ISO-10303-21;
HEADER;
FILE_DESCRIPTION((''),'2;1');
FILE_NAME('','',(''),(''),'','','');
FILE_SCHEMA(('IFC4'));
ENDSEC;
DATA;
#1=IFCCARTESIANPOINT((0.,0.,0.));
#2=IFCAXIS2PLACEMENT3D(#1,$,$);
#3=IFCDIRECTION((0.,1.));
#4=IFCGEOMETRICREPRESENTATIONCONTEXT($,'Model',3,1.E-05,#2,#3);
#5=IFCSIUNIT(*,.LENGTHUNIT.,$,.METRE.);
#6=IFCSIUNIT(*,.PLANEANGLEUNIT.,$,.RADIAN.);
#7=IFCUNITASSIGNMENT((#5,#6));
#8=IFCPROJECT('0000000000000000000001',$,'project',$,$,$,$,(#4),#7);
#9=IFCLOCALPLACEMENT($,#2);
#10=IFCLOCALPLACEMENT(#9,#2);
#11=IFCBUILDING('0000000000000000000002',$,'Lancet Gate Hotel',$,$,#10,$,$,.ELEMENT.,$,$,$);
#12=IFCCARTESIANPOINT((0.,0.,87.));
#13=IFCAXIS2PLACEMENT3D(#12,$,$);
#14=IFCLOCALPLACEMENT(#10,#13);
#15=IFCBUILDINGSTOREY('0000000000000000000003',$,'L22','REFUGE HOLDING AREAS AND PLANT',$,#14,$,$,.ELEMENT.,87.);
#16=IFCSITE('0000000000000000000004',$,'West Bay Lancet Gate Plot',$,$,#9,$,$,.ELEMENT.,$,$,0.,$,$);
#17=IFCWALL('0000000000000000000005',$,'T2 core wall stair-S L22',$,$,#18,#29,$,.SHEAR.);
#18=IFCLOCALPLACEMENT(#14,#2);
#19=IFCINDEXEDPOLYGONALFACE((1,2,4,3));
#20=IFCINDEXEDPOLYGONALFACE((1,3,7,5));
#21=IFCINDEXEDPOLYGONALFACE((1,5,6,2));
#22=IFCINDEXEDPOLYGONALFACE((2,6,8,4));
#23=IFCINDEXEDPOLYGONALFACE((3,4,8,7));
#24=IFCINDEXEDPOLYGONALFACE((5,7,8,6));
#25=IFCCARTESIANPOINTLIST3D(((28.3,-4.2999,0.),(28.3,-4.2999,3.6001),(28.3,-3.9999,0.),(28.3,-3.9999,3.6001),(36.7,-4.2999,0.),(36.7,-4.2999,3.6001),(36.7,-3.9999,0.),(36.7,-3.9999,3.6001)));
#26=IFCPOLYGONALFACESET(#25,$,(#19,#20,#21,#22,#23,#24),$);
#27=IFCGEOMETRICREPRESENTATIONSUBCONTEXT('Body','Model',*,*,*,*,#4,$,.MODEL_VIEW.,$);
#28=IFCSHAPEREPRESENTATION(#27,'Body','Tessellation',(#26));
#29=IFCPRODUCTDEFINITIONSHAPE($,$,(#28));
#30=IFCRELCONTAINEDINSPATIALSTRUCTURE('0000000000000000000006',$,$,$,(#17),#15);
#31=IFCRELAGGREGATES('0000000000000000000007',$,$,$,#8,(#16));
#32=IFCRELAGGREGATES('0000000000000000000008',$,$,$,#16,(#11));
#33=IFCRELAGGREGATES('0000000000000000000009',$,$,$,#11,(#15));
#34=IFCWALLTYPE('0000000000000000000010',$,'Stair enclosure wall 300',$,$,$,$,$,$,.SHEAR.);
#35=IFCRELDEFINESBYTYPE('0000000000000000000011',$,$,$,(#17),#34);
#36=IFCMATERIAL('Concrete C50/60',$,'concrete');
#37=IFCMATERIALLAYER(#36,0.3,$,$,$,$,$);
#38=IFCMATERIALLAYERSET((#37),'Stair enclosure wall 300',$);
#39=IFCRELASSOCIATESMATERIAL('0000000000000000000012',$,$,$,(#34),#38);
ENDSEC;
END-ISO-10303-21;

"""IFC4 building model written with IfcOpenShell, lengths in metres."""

from ifc_helpers import new_model, si_unit, direction, frame, frame_2d, origin, place, context, subcontext, project, spatial, rectangle, extrude, material, layer, layer_set, type_object, element, save


model = new_model("IFC4")

# Units and contexts
model_context = context("Model", 3, precision=1e-05, world=origin(), true_north=direction((0.0, 1.0)))
body_context = subcontext(model_context, "Body", "Model", "MODEL_VIEW")
ifc_project = project(units=[si_unit("LENGTHUNIT", "METRE"), si_unit("PLANEANGLEUNIT", "RADIAN")], contexts=[model_context])

# Site, building, storey
site_placement = place(None, origin())
site = spatial("IfcSite", under=ifc_project, at=site_placement, Name="West Bay Lancet Gate Plot", CompositionType="ELEMENT", RefElevation=0.0)
building_placement = place(site_placement, origin())
building = spatial("IfcBuilding", under=site, at=building_placement, Name="Lancet Gate Hotel", CompositionType="ELEMENT")
storey_placement = place(building_placement, frame((0.0, 0.0, 87.0)))
storey = spatial("IfcBuildingStorey", under=building, at=storey_placement, Name="L22", Description="REFUGE HOLDING AREAS AND PLANT", CompositionType="ELEMENT", Elevation=87.0)

# Wall
ifc_material_1 = material(Name="Concrete C50/60", Category="concrete")
ifc_layer_1 = layer(ifc_material_1, 0.3)
ifc_layer_set_1 = layer_set([ifc_layer_1], Name="Stair enclosure wall 300")
wall_type_1 = type_object("IfcWallType", Name="Stair enclosure wall 300", PredefinedType="SHEAR", material=ifc_layer_set_1)
wall_1_placement = place(storey_placement, frame((28.3, -4.1499, 0.0), z_axis=(0.0, 0.0, 1.0), x_axis=(1.0, 0.0, 0.0)))
element("IfcWall", 1, at=wall_1_placement, inside=storey, type_object=wall_type_1, Name="T2 core wall stair-S L22", PredefinedType="SHEAR", context=body_context, shape_type="SweptSolid", body=[
    extrude(rectangle(XDim=8.3999, YDim=0.3, at=frame_2d((4.2, 0.0))), origin(), (0.0, 0.0, 1.0), 3.6001),
])

save(model, "model.ifc")
